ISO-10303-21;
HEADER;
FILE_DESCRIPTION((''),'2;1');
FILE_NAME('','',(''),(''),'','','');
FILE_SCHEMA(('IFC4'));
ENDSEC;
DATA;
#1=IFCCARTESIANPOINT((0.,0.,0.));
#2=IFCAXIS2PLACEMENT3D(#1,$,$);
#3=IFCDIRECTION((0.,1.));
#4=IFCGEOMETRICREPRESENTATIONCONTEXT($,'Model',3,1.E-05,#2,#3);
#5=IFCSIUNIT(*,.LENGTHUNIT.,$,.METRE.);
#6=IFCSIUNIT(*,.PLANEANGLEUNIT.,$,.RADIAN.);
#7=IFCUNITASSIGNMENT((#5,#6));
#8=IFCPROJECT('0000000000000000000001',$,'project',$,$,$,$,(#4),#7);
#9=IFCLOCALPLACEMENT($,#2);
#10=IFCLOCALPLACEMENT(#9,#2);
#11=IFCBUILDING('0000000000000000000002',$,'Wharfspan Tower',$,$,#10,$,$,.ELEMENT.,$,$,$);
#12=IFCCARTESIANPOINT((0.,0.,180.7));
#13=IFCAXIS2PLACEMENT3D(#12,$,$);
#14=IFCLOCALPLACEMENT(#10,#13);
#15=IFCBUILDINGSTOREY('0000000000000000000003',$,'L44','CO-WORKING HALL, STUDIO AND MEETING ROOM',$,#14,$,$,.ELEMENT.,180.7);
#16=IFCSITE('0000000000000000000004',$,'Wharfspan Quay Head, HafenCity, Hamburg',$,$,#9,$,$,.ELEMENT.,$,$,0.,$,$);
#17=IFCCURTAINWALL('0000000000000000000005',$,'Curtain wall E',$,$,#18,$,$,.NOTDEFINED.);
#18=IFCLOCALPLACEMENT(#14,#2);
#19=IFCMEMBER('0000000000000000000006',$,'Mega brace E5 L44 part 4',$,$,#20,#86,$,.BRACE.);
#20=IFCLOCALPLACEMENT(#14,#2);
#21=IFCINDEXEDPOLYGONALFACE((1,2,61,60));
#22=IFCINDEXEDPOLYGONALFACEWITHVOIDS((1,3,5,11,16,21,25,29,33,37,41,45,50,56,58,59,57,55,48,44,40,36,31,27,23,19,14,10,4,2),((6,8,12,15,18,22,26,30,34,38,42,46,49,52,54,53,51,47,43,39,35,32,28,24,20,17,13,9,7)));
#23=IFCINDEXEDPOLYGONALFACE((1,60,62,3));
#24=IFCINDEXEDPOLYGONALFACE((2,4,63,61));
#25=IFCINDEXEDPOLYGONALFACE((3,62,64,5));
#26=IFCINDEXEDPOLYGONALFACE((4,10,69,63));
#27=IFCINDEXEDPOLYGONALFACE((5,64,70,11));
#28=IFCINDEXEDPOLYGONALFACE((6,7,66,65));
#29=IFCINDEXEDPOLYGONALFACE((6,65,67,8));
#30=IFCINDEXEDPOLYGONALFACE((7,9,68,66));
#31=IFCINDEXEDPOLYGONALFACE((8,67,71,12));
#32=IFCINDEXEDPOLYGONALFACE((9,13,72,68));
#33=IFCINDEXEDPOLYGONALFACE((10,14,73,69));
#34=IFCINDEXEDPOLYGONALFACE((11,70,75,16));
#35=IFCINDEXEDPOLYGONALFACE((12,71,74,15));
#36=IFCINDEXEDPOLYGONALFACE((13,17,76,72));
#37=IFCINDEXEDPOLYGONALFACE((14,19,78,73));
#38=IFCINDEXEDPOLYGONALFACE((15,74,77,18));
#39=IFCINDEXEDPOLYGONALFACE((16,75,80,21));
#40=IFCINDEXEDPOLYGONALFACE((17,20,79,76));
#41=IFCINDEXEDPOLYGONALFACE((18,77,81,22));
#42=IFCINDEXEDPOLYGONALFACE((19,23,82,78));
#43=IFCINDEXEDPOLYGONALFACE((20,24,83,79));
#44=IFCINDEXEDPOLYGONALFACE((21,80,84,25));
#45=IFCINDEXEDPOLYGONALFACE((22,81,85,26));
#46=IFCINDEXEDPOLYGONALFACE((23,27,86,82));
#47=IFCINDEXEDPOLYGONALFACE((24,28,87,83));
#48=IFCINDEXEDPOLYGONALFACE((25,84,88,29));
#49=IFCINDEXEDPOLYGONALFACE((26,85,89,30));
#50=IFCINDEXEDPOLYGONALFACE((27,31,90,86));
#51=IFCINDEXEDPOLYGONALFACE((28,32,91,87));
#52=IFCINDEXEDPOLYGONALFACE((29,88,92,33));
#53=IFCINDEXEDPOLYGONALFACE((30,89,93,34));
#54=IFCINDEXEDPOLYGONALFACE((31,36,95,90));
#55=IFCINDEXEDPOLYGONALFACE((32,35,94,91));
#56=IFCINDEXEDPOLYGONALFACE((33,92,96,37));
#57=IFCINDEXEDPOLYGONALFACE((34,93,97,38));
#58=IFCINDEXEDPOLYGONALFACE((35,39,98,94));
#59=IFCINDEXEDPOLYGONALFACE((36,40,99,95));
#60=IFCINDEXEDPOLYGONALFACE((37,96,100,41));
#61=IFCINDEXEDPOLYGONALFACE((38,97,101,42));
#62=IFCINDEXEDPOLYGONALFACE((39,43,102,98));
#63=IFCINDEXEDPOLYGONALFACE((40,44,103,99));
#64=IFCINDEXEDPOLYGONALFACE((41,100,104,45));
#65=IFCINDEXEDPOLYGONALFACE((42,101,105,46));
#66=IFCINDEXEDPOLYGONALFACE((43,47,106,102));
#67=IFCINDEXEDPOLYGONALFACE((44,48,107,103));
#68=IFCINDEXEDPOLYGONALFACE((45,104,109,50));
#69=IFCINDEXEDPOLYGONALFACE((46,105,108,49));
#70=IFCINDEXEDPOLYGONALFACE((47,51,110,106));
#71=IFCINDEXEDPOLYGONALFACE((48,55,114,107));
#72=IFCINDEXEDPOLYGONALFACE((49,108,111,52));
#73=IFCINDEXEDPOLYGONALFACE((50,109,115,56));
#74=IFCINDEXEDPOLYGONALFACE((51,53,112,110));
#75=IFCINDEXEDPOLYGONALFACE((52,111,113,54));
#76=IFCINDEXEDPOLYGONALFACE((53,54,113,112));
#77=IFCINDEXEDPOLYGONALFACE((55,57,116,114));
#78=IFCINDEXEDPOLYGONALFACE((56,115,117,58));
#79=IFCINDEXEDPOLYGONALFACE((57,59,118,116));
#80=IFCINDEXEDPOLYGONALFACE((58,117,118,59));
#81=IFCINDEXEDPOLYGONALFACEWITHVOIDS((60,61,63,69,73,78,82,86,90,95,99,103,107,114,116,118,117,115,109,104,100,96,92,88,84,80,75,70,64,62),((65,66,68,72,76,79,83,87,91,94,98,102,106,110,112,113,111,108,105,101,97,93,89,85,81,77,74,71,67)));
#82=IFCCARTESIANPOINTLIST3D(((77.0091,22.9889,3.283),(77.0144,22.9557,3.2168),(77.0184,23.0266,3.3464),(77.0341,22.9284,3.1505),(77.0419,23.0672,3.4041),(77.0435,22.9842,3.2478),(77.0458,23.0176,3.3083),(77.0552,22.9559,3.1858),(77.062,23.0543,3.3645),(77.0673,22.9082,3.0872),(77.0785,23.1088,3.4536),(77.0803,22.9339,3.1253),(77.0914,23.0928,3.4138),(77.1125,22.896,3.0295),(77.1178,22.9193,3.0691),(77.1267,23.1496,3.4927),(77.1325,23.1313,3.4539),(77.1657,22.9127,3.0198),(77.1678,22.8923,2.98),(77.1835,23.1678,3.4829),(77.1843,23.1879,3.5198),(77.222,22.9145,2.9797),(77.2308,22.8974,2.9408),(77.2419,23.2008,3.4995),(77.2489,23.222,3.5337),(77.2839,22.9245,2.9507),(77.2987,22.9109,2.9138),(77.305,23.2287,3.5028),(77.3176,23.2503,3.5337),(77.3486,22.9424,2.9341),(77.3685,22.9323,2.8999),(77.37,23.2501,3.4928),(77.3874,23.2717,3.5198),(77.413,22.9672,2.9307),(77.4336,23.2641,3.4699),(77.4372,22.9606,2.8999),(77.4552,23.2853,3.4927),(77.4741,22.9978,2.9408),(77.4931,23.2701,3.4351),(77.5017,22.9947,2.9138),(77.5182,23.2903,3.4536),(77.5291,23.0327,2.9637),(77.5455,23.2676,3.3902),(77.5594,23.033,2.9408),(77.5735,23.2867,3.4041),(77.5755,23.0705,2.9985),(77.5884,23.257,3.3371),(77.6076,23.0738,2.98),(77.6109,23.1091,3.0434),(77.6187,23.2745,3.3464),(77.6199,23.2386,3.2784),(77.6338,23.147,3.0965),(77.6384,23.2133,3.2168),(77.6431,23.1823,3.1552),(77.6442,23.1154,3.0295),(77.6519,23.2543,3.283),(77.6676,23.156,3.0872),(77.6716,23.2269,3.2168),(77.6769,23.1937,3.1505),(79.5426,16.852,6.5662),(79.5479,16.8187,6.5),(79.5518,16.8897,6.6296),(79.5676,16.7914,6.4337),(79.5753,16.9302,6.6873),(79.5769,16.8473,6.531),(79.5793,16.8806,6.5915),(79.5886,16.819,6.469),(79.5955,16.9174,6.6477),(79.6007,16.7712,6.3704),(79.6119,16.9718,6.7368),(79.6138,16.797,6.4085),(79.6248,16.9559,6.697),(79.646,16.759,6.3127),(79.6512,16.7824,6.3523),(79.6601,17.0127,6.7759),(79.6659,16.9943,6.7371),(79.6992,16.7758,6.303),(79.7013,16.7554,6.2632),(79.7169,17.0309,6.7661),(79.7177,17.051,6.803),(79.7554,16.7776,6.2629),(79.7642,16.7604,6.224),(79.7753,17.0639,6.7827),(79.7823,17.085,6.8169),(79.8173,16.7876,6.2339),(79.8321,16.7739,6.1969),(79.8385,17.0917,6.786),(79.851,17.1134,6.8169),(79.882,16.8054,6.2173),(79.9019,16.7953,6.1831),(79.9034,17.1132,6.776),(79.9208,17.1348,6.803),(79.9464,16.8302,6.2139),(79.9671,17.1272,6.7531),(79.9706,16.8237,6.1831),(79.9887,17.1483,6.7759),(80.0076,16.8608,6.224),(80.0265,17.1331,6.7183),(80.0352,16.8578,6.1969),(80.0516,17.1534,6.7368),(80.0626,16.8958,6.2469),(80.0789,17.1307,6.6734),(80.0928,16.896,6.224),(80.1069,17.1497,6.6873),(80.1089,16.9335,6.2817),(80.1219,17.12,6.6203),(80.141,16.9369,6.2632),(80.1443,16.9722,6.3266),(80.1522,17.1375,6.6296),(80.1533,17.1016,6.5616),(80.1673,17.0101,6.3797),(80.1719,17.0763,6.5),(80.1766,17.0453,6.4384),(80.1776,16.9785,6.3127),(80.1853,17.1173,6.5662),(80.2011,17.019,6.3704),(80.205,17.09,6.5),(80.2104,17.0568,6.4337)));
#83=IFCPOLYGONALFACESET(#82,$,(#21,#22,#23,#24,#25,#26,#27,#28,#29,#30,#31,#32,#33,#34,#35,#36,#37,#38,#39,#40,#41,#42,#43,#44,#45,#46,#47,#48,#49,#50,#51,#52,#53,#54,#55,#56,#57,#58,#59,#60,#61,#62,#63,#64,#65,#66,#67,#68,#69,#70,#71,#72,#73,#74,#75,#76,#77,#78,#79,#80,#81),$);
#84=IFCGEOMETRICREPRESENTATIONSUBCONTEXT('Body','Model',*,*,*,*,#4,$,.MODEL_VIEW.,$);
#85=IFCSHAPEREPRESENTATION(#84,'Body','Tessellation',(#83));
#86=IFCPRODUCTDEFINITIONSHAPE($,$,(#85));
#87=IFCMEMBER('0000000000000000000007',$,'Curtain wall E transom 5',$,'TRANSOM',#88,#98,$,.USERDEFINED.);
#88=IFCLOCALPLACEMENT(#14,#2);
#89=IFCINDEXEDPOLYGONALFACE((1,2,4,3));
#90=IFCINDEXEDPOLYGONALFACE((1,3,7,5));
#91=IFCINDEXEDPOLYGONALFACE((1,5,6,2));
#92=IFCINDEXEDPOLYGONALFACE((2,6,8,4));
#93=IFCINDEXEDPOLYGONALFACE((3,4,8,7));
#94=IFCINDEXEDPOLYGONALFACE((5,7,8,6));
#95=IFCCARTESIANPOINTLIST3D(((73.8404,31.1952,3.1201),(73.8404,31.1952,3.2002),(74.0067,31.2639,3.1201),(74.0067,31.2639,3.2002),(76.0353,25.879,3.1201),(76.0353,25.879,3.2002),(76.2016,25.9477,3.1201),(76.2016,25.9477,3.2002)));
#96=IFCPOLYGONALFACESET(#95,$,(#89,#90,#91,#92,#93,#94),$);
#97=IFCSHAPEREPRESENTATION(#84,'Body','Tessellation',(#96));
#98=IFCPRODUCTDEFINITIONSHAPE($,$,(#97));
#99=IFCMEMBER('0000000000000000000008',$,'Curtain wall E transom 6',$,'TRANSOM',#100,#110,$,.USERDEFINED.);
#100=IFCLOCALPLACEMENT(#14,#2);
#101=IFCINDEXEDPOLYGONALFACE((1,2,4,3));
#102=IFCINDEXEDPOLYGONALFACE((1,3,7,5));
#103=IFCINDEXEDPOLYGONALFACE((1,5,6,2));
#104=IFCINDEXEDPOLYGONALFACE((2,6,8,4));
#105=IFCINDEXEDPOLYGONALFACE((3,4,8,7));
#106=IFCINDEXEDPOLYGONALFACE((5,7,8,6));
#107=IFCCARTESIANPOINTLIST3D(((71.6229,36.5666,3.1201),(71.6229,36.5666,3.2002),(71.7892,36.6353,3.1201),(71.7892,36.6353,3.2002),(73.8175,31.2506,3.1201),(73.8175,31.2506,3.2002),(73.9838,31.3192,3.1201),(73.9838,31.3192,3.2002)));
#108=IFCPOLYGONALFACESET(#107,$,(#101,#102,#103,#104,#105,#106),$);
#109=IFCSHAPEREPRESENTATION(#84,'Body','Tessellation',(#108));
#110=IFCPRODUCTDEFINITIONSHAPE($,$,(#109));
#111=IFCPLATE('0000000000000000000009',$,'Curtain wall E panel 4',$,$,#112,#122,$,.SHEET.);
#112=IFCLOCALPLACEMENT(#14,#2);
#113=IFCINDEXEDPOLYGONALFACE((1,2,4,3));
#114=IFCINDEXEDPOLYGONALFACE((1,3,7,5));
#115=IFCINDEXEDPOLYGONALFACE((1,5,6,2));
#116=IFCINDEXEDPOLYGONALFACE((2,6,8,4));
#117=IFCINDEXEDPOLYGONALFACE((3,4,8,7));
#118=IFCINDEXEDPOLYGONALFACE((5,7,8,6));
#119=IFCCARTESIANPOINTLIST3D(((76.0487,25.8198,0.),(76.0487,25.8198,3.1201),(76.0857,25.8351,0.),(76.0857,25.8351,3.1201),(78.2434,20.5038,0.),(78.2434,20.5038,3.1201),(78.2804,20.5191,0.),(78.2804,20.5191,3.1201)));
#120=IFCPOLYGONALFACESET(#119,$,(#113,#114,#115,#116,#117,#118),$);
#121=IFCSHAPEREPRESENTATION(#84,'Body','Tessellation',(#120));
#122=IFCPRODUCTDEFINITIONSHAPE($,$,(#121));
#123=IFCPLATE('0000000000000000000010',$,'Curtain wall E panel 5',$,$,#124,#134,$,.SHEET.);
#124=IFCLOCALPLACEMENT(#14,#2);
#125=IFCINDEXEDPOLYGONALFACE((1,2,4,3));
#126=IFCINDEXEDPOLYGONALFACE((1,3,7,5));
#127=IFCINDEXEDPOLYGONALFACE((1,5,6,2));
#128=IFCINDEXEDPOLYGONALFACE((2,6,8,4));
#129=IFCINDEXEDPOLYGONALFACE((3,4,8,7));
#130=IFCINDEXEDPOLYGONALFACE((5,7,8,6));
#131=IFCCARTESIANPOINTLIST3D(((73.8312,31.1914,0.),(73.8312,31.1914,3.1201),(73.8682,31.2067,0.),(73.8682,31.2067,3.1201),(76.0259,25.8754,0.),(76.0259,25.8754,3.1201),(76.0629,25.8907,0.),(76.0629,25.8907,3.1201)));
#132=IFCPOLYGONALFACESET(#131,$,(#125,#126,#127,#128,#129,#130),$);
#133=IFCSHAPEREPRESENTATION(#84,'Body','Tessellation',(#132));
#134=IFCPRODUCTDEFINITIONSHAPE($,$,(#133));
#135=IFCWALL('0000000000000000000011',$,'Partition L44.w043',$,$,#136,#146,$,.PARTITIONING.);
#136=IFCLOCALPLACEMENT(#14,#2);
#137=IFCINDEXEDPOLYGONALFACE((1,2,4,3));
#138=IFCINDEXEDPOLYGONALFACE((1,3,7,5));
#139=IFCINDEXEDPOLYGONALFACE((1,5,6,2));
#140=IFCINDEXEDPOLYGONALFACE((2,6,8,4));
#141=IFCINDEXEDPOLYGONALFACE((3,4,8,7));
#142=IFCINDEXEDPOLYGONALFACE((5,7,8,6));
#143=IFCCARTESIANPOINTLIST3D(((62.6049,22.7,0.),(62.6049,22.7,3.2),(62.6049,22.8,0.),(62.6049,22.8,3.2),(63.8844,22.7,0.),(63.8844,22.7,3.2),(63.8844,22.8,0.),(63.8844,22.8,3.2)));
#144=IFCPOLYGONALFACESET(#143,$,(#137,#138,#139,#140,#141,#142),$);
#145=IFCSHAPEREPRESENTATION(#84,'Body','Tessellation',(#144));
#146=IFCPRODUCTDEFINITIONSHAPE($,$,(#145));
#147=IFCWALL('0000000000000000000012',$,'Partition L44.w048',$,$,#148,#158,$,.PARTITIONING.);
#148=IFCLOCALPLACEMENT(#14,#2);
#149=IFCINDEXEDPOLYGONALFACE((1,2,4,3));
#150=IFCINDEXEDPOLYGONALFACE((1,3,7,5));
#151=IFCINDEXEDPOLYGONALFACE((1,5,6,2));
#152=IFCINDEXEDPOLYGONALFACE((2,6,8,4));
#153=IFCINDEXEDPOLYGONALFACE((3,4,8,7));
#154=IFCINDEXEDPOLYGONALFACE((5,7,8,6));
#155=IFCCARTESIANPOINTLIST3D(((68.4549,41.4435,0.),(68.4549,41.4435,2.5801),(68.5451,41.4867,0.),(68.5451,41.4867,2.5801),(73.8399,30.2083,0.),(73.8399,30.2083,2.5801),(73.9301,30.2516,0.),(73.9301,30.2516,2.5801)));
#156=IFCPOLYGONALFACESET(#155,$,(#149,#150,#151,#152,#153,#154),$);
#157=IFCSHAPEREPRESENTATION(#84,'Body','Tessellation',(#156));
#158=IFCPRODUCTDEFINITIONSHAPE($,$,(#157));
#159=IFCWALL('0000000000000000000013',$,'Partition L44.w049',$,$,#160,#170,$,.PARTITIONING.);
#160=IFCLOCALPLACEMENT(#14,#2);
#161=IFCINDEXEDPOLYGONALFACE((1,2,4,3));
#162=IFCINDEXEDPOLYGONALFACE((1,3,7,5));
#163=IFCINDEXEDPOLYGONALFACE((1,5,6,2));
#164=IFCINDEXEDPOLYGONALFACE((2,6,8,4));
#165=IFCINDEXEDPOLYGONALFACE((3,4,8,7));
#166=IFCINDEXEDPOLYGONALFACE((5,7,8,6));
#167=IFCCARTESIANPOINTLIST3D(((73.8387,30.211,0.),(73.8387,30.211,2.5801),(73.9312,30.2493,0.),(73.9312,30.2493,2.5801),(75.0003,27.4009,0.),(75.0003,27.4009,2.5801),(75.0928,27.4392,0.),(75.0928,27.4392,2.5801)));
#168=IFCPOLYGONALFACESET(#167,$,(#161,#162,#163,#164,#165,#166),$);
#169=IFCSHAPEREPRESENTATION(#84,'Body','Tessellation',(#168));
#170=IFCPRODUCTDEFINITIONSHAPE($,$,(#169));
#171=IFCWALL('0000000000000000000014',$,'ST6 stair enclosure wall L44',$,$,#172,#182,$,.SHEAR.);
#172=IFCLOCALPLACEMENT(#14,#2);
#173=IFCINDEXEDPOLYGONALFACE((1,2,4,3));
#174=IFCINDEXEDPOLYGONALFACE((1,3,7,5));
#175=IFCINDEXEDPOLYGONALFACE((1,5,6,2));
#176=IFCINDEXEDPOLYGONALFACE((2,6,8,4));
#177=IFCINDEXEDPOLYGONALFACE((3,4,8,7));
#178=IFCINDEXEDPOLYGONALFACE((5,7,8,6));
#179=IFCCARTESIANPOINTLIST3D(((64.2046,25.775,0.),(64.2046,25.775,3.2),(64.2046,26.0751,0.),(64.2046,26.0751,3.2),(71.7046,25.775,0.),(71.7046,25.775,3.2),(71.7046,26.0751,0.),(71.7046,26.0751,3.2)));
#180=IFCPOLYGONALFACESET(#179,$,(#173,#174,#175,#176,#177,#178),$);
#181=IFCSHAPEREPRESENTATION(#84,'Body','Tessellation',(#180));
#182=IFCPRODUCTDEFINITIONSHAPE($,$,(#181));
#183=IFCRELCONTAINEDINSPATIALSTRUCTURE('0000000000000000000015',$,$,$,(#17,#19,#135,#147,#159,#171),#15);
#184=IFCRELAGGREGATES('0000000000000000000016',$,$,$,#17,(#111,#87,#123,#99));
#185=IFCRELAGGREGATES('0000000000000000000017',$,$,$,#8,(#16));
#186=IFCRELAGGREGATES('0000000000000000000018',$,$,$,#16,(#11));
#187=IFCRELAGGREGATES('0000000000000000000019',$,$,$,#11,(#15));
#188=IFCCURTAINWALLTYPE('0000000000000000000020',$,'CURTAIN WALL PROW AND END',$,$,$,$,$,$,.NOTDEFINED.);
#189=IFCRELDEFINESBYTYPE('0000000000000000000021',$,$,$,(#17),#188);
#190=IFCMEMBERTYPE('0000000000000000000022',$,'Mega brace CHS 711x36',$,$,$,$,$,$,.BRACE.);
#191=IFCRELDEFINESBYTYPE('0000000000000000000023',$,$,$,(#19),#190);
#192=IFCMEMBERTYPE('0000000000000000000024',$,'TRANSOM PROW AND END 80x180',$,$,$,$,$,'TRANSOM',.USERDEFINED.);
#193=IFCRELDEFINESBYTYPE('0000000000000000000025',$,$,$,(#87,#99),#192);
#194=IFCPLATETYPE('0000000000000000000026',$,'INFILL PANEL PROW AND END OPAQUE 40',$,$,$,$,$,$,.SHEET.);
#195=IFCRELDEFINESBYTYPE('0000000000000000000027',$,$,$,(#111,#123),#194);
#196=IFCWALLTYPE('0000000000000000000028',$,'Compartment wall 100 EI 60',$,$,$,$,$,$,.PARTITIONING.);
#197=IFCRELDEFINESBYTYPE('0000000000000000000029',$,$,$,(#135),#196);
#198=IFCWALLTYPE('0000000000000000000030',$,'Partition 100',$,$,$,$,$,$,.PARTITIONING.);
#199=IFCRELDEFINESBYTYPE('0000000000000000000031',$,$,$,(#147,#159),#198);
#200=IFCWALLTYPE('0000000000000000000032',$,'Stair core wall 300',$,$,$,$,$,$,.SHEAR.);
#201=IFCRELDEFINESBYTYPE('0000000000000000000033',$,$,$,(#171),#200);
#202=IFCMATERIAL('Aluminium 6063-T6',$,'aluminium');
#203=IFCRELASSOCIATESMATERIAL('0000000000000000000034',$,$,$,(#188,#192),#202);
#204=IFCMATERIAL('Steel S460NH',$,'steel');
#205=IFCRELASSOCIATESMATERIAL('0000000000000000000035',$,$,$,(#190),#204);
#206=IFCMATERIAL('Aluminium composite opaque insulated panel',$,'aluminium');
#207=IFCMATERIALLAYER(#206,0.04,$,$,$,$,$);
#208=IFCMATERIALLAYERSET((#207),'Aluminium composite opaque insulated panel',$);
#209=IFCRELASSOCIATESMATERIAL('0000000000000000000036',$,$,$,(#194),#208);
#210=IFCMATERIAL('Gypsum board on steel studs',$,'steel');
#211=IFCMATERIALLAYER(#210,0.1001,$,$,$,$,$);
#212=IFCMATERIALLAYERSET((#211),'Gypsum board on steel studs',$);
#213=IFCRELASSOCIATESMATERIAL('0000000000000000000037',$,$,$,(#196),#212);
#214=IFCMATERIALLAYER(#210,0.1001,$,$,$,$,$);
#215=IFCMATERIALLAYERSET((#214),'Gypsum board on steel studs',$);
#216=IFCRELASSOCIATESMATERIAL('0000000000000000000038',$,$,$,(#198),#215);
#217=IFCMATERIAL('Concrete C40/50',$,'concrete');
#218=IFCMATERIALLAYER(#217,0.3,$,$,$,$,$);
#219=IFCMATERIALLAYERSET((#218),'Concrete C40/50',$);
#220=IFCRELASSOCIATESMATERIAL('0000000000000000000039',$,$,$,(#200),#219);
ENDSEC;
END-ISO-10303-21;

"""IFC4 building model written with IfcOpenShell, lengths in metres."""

from ifc_helpers import new_model, si_unit, direction, frame, frame_2d, origin, origin_2d, place, context, subcontext, project, spatial, rectangle, hollow_circle, extrude, material, layer, layer_set, material_profile, profile_set, type_object, element, aggregate, save


model = new_model("IFC4")

# Units and contexts
model_context = context("Model", 3, precision=1e-05, world=origin(), true_north=direction((0.0, 1.0)))
body_context = subcontext(model_context, "Body", "Model", "MODEL_VIEW")
ifc_project = project(units=[si_unit("LENGTHUNIT", "METRE"), si_unit("PLANEANGLEUNIT", "RADIAN")], contexts=[model_context])

# Site, building, storey
site_placement = place(None, origin())
site = spatial("IfcSite", under=ifc_project, at=site_placement, Name="Wharfspan Quay Head, HafenCity, Hamburg", CompositionType="ELEMENT", RefElevation=0.0)
building_placement = place(site_placement, origin())
building = spatial("IfcBuilding", under=site, at=building_placement, Name="Wharfspan Tower", CompositionType="ELEMENT")
storey_placement = place(building_placement, frame((0.0, 0.0, 180.7)))
storey = spatial("IfcBuildingStorey", under=building, at=storey_placement, Name="L44", Description="CO-WORKING HALL, STUDIO AND MEETING ROOM", CompositionType="ELEMENT", Elevation=180.7)

# Curtain wall
ifc_material_1 = material(Name="Aluminium 6063-T6", Category="aluminium")
curtain_wall_type = type_object("IfcCurtainWallType", Name="CURTAIN WALL PROW AND END", PredefinedType="NOTDEFINED", material=ifc_material_1)
curtain_wall_placement = place(storey_placement, origin())
curtain_wall = element("IfcCurtainWall", 1, at=curtain_wall_placement, inside=storey, type_object=curtain_wall_type, Name="Curtain wall E", PredefinedType="NOTDEFINED")

# Member
ifc_material_2 = material(Name="Steel S460NH", Category="steel")
ifc_material_profile_1 = material_profile(ifc_material_2, hollow_circle(Radius=0.3555, WallThickness=0.0359, at=origin_2d()))
ifc_profile_set_1 = profile_set([ifc_material_profile_1], Name="Steel S460NH")
member_type_1 = type_object("IfcMemberType", Name="Mega brace CHS 711x36", PredefinedType="BRACE", material=ifc_profile_set_1)
for number, where, z_axis, x_axis, name in (
    (2, (77.343, 23.0913, 3.2168), (0.342045, -0.828562, 0.443271), (0.924337, 0.381581, -0.000003), "Mega brace E5 L44 part 4"),
):
    element("IfcMember", number, at=place(storey_placement, frame(where, z_axis=z_axis, x_axis=x_axis)), inside=storey, type_object=member_type_1, Name=name, PredefinedType="BRACE", context=body_context, shape_type="SweptSolid", body=[
        extrude(hollow_circle(Radius=0.3555, WallThickness=0.0359, at=origin_2d()), origin(), (0.0, 0.0, 1.0), 7.4067),
    ])

# Members
ifc_material_profile_2 = material_profile(ifc_material_1, rectangle(XDim=0.1799, YDim=0.0801, at=origin_2d()))
ifc_profile_set_2 = profile_set([ifc_material_profile_2], Name="Aluminium 6063-T6")
member_type_2 = type_object("IfcMemberType", Name="TRANSOM PROW AND END 80x180", ElementType="TRANSOM", PredefinedType="USERDEFINED", material=ifc_profile_set_2)
member_1_placement = place(storey_placement, frame((76.1184, 25.9133, 3.1602), z_axis=(-0.381614, 0.924322, 0.0), x_axis=(-0.924322, -0.381614, 0.0)))
member_1 = element("IfcMember", 3, at=member_1_placement, type_object=member_type_2, Name="Curtain wall E transom 5", ObjectType="TRANSOM", PredefinedType="USERDEFINED", context=body_context, shape_type="SweptSolid", body=[
    extrude(rectangle(XDim=0.1799, YDim=0.0801, at=origin_2d()), origin(), (0.0, 0.0, 1.0), 5.7515),
])
member_2_placement = place(storey_placement, frame((73.9006, 31.2849, 3.1602), z_axis=(-0.381593, 0.92433, 0.0), x_axis=(-0.92433, -0.381593, 0.0)))
member_2 = element("IfcMember", 4, at=member_2_placement, type_object=member_type_2, Name="Curtain wall E transom 6", ObjectType="TRANSOM", PredefinedType="USERDEFINED", context=body_context, shape_type="SweptSolid", body=[
    extrude(rectangle(XDim=0.1799, YDim=0.0801, at=origin_2d()), origin(), (0.0, 0.0, 1.0), 5.7512),
])

# Plates
ifc_material_3 = material(Name="Aluminium composite opaque insulated panel", Category="aluminium")
ifc_layer_1 = layer(ifc_material_3, 0.04)
ifc_layer_set_1 = layer_set([ifc_layer_1], Name="Aluminium composite opaque insulated panel")
plate_type = type_object("IfcPlateType", Name="INFILL PANEL PROW AND END OPAQUE 40", PredefinedType="SHEET", material=ifc_layer_set_1)
plate_1_placement = place(storey_placement, frame((77.1646, 23.1694, 0.0), z_axis=(0.0, 0.0, 1.0), x_axis=(-0.381602, 0.924325, 0.0)))
plate_1 = element("IfcPlate", 5, at=plate_1_placement, type_object=plate_type, Name="Curtain wall E panel 4", PredefinedType="SHEET", context=body_context, shape_type="SweptSolid", body=[
    extrude(rectangle(XDim=5.7512, YDim=0.04, at=origin_2d()), origin(), (0.0, 0.0, 1.0), 3.1201),
])
plate_2_placement = place(storey_placement, frame((74.947, 28.541, 0.0), z_axis=(0.0, 0.0, 1.0), x_axis=(-0.381602, 0.924325, 0.0)))
plate_2 = element("IfcPlate", 6, at=plate_2_placement, type_object=plate_type, Name="Curtain wall E panel 5", PredefinedType="SHEET", context=body_context, shape_type="SweptSolid", body=[
    extrude(rectangle(XDim=5.7512, YDim=0.04, at=origin_2d()), origin(), (0.0, 0.0, 1.0), 3.1201),
])
aggregate(curtain_wall, [plate_1, member_1, plate_2, member_2])

# Walls
ifc_material_4 = material(Name="Gypsum board on steel studs", Category="steel")
ifc_layer_2 = layer(ifc_material_4, 0.1001)
ifc_layer_set_2 = layer_set([ifc_layer_2], Name="Gypsum board on steel studs")
wall_type_1 = type_object("IfcWallType", Name="Compartment wall 100 EI 60", PredefinedType="PARTITIONING", material=ifc_layer_set_2)
wall_1_placement = place(storey_placement, frame((62.605, 22.75, 0.0), z_axis=(0.0, 0.0, 1.0), x_axis=(1.0, 0.0, 0.0)))
element("IfcWall", 7, at=wall_1_placement, inside=storey, type_object=wall_type_1, Name="Partition L44.w043", PredefinedType="PARTITIONING", context=body_context, shape_type="SweptSolid", body=[
    extrude(rectangle(XDim=1.2795, YDim=0.1001, at=frame_2d((0.6396, 0.0))), origin(), (0.0, 0.0, 1.0), 3.2),
])
ifc_layer_3 = layer(ifc_material_4, 0.1001)
ifc_layer_set_3 = layer_set([ifc_layer_3], Name="Gypsum board on steel studs")
wall_type_2 = type_object("IfcWallType", Name="Partition 100", PredefinedType="PARTITIONING", material=ifc_layer_set_3)
wall_2_placement = place(storey_placement, frame((73.885, 30.23, 0.0), z_axis=(0.0, 0.0, 1.0), x_axis=(-0.432221, 0.901772, 0.0)))
element("IfcWall", 8, at=wall_2_placement, inside=storey, type_object=wall_type_2, Name="Partition L44.w048", PredefinedType="PARTITIONING", context=body_context, shape_type="SweptSolid", body=[
    extrude(rectangle(XDim=12.459, YDim=0.1001, at=frame_2d((6.2295, 0.0))), origin(), (0.0, 0.0, 1.0), 2.5801),
])
wall_3_placement = place(storey_placement, frame((75.0466, 27.4199, 0.0), z_axis=(0.0, 0.0, 1.0), x_axis=(-0.382024, 0.924148, 0.0)))
element("IfcWall", 9, at=wall_3_placement, inside=storey, type_object=wall_type_2, Name="Partition L44.w049", PredefinedType="PARTITIONING", context=body_context, shape_type="SweptSolid", body=[
    extrude(rectangle(XDim=3.0408, YDim=0.1001, at=frame_2d((1.5205, 0.0))), origin(), (0.0, 0.0, 1.0), 2.5801),
])
ifc_material_5 = material(Name="Concrete C40/50", Category="concrete")
ifc_layer_4 = layer(ifc_material_5, 0.3)
ifc_layer_set_4 = layer_set([ifc_layer_4], Name="Concrete C40/50")
wall_type_3 = type_object("IfcWallType", Name="Stair core wall 300", PredefinedType="SHEAR", material=ifc_layer_set_4)
wall_4_placement = place(storey_placement, frame((64.2046, 25.925, 0.0), z_axis=(0.0, 0.0, 1.0), x_axis=(1.0, 0.0, 0.0)))
element("IfcWall", 10, at=wall_4_placement, inside=storey, type_object=wall_type_3, Name="ST6 stair enclosure wall L44", PredefinedType="SHEAR", context=body_context, shape_type="SweptSolid", body=[
    extrude(rectangle(XDim=7.5, YDim=0.3, at=frame_2d((3.75, 0.0))), origin(), (0.0, 0.0, 1.0), 3.2),
])

save(model, "model.ifc")
